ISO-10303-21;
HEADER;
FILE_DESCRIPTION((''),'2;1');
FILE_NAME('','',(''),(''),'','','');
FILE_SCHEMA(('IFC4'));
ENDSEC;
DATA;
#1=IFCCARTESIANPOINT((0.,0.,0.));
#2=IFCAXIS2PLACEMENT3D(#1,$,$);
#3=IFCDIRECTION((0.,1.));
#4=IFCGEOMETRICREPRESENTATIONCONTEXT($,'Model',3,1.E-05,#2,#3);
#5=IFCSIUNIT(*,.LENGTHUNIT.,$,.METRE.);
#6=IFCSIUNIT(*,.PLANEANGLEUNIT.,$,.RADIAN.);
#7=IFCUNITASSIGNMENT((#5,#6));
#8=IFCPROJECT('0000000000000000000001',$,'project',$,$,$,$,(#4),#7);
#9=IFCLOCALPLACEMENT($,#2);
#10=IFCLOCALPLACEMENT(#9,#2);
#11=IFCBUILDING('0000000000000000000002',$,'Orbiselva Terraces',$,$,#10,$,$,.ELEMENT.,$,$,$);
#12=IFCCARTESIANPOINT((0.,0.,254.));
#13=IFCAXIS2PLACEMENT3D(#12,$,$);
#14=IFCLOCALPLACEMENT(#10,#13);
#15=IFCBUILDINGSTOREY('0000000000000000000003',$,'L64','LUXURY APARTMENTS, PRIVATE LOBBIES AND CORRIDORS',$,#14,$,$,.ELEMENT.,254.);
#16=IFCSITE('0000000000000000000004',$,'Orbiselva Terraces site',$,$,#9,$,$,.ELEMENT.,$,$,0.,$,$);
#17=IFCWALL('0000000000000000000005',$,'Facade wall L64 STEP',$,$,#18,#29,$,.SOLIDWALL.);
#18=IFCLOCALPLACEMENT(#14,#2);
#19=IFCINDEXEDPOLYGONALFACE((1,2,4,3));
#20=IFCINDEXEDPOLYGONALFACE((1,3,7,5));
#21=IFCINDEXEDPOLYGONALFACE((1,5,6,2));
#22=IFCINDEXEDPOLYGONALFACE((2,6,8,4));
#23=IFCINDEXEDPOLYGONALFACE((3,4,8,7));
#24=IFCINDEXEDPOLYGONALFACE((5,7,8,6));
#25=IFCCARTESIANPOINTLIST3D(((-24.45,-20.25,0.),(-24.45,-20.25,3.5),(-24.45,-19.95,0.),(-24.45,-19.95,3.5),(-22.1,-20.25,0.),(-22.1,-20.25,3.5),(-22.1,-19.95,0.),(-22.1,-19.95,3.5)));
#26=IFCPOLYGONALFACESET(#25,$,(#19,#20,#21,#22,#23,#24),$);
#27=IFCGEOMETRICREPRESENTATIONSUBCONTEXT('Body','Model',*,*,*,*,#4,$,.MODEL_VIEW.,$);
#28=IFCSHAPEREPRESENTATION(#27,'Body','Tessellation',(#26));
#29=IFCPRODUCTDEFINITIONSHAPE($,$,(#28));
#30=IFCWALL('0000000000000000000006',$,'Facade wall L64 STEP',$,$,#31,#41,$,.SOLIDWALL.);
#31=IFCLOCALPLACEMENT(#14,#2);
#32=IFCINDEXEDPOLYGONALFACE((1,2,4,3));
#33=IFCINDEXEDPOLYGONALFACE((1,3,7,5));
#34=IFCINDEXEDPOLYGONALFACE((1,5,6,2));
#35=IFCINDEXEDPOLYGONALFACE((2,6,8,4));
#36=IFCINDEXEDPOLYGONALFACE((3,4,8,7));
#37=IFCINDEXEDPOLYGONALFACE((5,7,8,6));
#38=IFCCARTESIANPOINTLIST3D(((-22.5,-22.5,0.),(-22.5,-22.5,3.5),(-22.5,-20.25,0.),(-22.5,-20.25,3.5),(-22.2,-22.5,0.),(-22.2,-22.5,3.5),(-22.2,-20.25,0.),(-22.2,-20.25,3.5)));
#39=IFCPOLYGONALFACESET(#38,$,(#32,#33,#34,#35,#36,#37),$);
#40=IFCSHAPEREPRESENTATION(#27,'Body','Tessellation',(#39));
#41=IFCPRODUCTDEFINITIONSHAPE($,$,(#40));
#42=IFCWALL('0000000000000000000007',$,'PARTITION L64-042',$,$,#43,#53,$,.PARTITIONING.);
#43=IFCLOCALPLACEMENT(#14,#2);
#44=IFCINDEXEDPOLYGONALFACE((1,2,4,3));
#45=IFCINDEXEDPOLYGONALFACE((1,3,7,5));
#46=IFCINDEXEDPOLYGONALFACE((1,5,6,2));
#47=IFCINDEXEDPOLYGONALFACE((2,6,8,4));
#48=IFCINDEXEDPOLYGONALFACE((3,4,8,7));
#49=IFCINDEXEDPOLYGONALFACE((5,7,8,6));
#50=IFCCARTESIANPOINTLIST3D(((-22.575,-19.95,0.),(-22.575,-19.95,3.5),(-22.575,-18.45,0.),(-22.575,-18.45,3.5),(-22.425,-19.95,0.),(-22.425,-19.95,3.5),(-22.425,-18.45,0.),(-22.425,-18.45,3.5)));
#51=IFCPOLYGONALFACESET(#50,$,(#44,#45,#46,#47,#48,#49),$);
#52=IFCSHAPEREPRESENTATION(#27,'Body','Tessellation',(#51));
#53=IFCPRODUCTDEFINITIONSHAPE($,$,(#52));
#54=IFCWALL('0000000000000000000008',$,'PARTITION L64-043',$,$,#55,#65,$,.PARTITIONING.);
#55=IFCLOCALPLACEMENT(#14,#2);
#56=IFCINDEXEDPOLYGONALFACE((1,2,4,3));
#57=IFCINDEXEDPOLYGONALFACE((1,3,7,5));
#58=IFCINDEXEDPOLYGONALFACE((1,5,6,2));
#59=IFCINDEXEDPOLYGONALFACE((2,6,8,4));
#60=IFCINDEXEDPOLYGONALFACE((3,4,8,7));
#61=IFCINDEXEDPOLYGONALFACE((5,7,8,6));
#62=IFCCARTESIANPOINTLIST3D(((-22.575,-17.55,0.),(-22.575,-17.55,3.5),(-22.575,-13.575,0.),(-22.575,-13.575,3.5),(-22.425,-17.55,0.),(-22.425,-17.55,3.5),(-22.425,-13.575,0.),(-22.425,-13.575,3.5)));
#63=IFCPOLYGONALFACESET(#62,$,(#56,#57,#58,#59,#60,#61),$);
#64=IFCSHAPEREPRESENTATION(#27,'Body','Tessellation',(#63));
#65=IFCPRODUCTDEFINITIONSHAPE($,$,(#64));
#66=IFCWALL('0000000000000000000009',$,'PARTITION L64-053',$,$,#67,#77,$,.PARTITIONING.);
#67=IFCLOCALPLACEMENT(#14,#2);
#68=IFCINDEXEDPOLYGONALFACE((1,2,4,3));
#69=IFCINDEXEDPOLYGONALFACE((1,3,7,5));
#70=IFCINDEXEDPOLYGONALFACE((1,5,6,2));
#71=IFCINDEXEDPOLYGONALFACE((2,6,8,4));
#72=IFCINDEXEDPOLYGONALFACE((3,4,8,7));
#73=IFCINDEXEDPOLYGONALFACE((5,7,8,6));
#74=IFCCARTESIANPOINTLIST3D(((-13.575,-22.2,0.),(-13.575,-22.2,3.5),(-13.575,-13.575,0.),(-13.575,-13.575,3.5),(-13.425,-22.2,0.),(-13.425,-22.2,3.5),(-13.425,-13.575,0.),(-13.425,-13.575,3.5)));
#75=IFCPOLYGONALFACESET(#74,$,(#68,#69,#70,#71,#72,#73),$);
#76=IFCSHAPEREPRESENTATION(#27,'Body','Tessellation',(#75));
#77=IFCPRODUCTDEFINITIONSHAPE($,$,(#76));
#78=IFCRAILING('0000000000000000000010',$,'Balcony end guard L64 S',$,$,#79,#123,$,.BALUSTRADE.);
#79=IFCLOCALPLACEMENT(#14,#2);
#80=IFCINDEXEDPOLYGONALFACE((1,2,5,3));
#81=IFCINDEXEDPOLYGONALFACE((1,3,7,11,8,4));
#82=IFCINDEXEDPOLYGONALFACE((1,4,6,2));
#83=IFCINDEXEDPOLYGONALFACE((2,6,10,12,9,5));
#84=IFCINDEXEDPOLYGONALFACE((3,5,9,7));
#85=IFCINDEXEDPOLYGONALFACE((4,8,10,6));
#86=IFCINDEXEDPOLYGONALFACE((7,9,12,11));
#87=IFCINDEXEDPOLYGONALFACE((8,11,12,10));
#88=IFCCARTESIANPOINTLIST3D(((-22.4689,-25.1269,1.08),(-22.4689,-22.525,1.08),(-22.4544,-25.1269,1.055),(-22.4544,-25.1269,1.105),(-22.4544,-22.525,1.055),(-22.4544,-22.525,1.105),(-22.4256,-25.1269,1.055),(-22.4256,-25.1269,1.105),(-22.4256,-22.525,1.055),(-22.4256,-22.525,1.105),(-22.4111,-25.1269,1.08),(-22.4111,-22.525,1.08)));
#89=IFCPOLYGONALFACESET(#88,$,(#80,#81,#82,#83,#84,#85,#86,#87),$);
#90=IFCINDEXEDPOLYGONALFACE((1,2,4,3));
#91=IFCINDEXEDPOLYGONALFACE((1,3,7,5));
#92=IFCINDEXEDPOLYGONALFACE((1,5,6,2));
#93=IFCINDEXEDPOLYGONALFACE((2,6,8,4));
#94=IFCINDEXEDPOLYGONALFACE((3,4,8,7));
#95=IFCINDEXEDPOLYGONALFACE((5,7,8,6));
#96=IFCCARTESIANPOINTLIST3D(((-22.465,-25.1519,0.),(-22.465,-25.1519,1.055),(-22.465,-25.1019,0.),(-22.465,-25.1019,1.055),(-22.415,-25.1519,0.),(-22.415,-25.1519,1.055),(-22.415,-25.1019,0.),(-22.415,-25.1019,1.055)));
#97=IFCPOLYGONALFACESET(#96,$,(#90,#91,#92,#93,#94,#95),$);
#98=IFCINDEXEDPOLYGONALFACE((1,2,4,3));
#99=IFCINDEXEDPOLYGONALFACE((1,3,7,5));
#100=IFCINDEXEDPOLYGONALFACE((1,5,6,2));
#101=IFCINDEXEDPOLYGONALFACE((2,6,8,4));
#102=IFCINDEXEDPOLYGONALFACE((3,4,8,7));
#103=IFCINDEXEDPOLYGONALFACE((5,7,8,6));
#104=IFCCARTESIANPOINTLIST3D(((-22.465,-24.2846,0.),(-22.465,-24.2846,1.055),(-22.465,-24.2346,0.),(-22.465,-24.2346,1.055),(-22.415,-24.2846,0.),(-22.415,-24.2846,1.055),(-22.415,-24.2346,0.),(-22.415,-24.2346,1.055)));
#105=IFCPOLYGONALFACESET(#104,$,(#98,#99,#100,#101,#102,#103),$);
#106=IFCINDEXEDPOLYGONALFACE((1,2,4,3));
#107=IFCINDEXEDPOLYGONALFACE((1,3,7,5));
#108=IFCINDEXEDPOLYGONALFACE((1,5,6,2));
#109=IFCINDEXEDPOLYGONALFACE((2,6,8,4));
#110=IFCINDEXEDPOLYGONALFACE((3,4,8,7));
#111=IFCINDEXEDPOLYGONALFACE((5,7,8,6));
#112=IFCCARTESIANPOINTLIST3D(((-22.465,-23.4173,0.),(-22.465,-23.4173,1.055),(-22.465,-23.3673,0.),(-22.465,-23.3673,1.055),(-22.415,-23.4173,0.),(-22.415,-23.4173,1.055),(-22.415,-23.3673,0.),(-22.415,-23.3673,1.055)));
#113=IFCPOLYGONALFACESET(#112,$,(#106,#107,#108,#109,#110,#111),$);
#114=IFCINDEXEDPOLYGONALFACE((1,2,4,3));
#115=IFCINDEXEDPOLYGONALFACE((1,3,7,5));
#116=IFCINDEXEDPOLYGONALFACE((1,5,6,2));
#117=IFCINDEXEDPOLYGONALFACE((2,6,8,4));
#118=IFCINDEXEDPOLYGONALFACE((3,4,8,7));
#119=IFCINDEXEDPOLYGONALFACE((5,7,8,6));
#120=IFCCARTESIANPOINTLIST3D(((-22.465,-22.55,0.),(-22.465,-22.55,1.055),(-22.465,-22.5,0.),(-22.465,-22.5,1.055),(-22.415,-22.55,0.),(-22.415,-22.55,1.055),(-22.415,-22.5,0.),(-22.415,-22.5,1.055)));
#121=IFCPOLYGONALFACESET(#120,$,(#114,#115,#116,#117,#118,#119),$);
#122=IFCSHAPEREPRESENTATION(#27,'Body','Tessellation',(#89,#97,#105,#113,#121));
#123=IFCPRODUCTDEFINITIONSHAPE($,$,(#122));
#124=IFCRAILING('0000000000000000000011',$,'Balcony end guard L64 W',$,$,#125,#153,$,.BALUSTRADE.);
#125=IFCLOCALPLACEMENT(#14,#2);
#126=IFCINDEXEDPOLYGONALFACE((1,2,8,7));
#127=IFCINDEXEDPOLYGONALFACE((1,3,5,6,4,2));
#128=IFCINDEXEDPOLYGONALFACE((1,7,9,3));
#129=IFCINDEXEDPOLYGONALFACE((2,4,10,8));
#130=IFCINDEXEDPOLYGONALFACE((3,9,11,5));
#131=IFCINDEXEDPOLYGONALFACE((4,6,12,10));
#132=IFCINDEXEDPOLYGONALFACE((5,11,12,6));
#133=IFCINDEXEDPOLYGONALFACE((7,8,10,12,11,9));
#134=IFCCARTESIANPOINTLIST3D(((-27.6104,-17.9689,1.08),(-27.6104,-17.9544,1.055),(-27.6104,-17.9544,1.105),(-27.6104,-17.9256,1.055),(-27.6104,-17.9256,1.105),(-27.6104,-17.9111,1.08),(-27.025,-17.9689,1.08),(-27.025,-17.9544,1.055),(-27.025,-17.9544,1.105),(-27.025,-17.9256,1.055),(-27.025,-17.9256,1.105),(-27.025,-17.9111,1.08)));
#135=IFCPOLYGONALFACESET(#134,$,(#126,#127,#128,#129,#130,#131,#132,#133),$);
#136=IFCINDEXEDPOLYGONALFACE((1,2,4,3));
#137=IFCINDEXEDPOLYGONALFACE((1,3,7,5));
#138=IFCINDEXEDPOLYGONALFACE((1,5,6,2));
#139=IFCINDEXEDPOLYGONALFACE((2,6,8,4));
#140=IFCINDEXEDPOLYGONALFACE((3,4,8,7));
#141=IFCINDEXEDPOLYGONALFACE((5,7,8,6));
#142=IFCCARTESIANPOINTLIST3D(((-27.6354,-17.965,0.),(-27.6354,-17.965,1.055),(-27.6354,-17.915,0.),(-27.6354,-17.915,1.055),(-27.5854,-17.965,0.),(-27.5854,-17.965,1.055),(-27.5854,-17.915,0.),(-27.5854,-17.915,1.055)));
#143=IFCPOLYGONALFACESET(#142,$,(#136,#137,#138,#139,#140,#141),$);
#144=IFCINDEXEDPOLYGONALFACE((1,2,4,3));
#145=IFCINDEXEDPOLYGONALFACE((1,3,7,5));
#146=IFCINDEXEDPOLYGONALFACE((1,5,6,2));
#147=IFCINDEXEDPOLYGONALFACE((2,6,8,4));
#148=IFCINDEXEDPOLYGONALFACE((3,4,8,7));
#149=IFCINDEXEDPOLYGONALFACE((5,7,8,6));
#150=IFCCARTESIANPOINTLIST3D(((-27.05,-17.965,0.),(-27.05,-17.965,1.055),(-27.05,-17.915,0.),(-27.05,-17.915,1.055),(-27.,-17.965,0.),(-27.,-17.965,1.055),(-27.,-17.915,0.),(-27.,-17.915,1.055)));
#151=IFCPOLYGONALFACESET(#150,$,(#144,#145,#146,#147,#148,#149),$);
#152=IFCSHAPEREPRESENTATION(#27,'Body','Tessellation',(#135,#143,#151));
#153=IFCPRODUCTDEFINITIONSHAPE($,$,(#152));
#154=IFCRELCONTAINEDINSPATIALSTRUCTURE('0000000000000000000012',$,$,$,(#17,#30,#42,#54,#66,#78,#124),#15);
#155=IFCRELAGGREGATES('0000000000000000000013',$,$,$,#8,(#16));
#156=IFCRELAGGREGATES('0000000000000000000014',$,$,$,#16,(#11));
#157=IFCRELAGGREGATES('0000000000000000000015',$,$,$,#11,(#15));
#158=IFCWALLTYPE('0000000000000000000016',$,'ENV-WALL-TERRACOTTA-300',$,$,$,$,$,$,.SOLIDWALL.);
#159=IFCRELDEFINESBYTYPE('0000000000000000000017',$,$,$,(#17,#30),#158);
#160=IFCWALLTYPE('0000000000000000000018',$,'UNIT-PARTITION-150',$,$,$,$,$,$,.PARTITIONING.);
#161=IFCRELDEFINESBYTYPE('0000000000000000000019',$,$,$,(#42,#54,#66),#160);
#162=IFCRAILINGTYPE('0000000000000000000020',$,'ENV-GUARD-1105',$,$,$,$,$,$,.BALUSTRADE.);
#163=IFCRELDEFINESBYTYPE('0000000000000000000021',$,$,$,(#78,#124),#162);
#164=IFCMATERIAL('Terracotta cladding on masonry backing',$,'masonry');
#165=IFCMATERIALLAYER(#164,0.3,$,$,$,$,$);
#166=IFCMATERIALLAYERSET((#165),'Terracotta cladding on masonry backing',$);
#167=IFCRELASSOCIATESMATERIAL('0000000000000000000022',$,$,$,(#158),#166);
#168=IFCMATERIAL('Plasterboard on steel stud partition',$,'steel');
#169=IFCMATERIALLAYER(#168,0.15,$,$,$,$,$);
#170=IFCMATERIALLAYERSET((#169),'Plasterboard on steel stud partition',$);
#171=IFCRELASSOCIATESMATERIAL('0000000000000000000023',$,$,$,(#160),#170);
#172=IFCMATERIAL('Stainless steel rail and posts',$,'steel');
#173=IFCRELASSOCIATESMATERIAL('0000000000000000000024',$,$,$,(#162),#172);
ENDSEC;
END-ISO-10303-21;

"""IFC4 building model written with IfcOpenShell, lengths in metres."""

from ifc_helpers import new_model, si_unit, direction, frame, frame_2d, origin, origin_2d, place, context, subcontext, project, spatial, polyline, rectangle, outline, extrude, material, layer, layer_set, type_object, element, save


model = new_model("IFC4")

# Units and contexts
model_context = context("Model", 3, precision=1e-05, world=origin(), true_north=direction((0.0, 1.0)))
body_context = subcontext(model_context, "Body", "Model", "MODEL_VIEW")
ifc_project = project(units=[si_unit("LENGTHUNIT", "METRE"), si_unit("PLANEANGLEUNIT", "RADIAN")], contexts=[model_context])

# Site, building, storey
site_placement = place(None, origin())
site = spatial("IfcSite", under=ifc_project, at=site_placement, Name="Orbiselva Terraces site", CompositionType="ELEMENT", RefElevation=0.0)
building_placement = place(site_placement, origin())
building = spatial("IfcBuilding", under=site, at=building_placement, Name="Orbiselva Terraces", CompositionType="ELEMENT")
storey_placement = place(building_placement, frame((0.0, 0.0, 254.0)))
storey = spatial("IfcBuildingStorey", under=building, at=storey_placement, Name="L64", Description="LUXURY APARTMENTS, PRIVATE LOBBIES AND CORRIDORS", CompositionType="ELEMENT", Elevation=254.0)

# Shared definitions
ifc_material_1 = material(Name="Terracotta cladding on masonry backing", Category="masonry")
ifc_layer_1 = layer(ifc_material_1, 0.3)
ifc_layer_set_1 = layer_set([ifc_layer_1], Name="Terracotta cladding on masonry backing")
wall_type_1 = type_object("IfcWallType", Name="ENV-WALL-TERRACOTTA-300", PredefinedType="SOLIDWALL", material=ifc_layer_set_1)

# Walls
wall_1_placement = place(storey_placement, frame((-22.1, -20.1, 0.0), z_axis=(0.0, 0.0, 1.0), x_axis=(-1.0, 0.0, 0.0)))
element("IfcWall", 1, at=wall_1_placement, inside=storey, type_object=wall_type_1, Name="Facade wall L64 STEP", PredefinedType="SOLIDWALL", context=body_context, shape_type="SweptSolid", body=[
    extrude(rectangle(XDim=2.35, YDim=0.3, at=frame_2d((1.175, 0.0))), origin(), (0.0, 0.0, 1.0), 3.5),
])
wall_2_placement = place(storey_placement, frame((-22.35, -22.5, 0.0), z_axis=(0.0, 0.0, 1.0), x_axis=(0.0, 1.0, 0.0)))
element("IfcWall", 2, at=wall_2_placement, inside=storey, type_object=wall_type_1, Name="Facade wall L64 STEP", PredefinedType="SOLIDWALL", context=body_context, shape_type="SweptSolid", body=[
    extrude(rectangle(XDim=2.25, YDim=0.3, at=frame_2d((1.125, 0.0))), origin(), (0.0, 0.0, 1.0), 3.5),
])
ifc_material_2 = material(Name="Plasterboard on steel stud partition", Category="steel")
ifc_layer_2 = layer(ifc_material_2, 0.15)
ifc_layer_set_2 = layer_set([ifc_layer_2], Name="Plasterboard on steel stud partition")
wall_type_2 = type_object("IfcWallType", Name="UNIT-PARTITION-150", PredefinedType="PARTITIONING", material=ifc_layer_set_2)
wall_3_placement = place(storey_placement, frame((-22.5, -19.95, 0.0), z_axis=(0.0, 0.0, 1.0), x_axis=(0.0, 1.0, 0.0)))
element("IfcWall", 3, at=wall_3_placement, inside=storey, type_object=wall_type_2, Name="PARTITION L64-042", PredefinedType="PARTITIONING", context=body_context, shape_type="SweptSolid", body=[
    extrude(rectangle(XDim=1.5, YDim=0.15, at=frame_2d((0.75, 0.0))), origin(), (0.0, 0.0, 1.0), 3.5),
])
wall_4_placement = place(storey_placement, frame((-22.5, -17.55, 0.0), z_axis=(0.0, 0.0, 1.0), x_axis=(0.0, 1.0, 0.0)))
element("IfcWall", 4, at=wall_4_placement, inside=storey, type_object=wall_type_2, Name="PARTITION L64-043", PredefinedType="PARTITIONING", context=body_context, shape_type="SweptSolid", body=[
    extrude(rectangle(XDim=3.975, YDim=0.15, at=frame_2d((1.9875, 0.0))), origin(), (0.0, 0.0, 1.0), 3.5),
])
wall_5_placement = place(storey_placement, frame((-13.5, -22.2, 0.0), z_axis=(0.0, 0.0, 1.0), x_axis=(0.0, 1.0, 0.0)))
element("IfcWall", 5, at=wall_5_placement, inside=storey, type_object=wall_type_2, Name="PARTITION L64-053", PredefinedType="PARTITIONING", context=body_context, shape_type="SweptSolid", body=[
    extrude(rectangle(XDim=8.625, YDim=0.15, at=frame_2d((4.3125, 0.0))), origin(), (0.0, 0.0, 1.0), 3.5),
])

# Railings
ifc_material_3 = material(Name="Stainless steel rail and posts", Category="steel")
railing_type_1 = type_object("IfcRailingType", Name="ENV-GUARD-1105", PredefinedType="BALUSTRADE", material=ifc_material_3)
railing_1_placement = place(storey_placement, frame((-22.44, -25.1269, 0.0)))
element("IfcRailing", 6, at=railing_1_placement, inside=storey, type_object=railing_type_1, Name="Balcony end guard L64 S", PredefinedType="BALUSTRADE", context=body_context, shape_type="SweptSolid", body=[
    extrude(outline(polyline([(0.0289, 0.0), (0.0144, 0.025), (-0.0144, 0.025), (-0.0289, 0.0), (-0.0144, -0.025), (0.0144, -0.025), (0.0289, 0.0)])), frame((0.0, 0.0, 1.08), z_axis=(0.0, 1.0, 0.0), x_axis=(-1.0, 0.0, 0.0)), (0.0, 0.0, 1.0), 2.6019),
    extrude(rectangle(XDim=0.05, YDim=0.05, at=origin_2d()), origin(), (0.0, 0.0, 1.0), 1.055),
    extrude(rectangle(XDim=0.05, YDim=0.05, at=origin_2d()), frame((0.0, 0.8673, 0.0)), (0.0, 0.0, 1.0), 1.055),
    extrude(rectangle(XDim=0.05, YDim=0.05, at=origin_2d()), frame((0.0, 1.7346, 0.0)), (0.0, 0.0, 1.0), 1.055),
    extrude(rectangle(XDim=0.05, YDim=0.05, at=origin_2d()), frame((0.0, 2.6019, 0.0)), (0.0, 0.0, 1.0), 1.055),
])
railing_2_placement = place(storey_placement, frame((-27.6104, -17.94, 0.0)))
element("IfcRailing", 7, at=railing_2_placement, inside=storey, type_object=railing_type_1, Name="Balcony end guard L64 W", PredefinedType="BALUSTRADE", context=body_context, shape_type="SweptSolid", body=[
    extrude(outline(polyline([(0.0289, 0.0), (0.0144, 0.025), (-0.0144, 0.025), (-0.0289, 0.0), (-0.0144, -0.025), (0.0144, -0.025), (0.0289, 0.0)])), frame((0.0, 0.0, 1.08), z_axis=(1.0, 0.0, 0.0), x_axis=(0.0, 1.0, 0.0)), (0.0, 0.0, 1.0), 0.5854),
    extrude(rectangle(XDim=0.05, YDim=0.05, at=origin_2d()), origin(), (0.0, 0.0, 1.0), 1.055),
    extrude(rectangle(XDim=0.05, YDim=0.05, at=origin_2d()), frame((0.5854, 0.0, 0.0)), (0.0, 0.0, 1.0), 1.055),
])

save(model, "model.ifc")
